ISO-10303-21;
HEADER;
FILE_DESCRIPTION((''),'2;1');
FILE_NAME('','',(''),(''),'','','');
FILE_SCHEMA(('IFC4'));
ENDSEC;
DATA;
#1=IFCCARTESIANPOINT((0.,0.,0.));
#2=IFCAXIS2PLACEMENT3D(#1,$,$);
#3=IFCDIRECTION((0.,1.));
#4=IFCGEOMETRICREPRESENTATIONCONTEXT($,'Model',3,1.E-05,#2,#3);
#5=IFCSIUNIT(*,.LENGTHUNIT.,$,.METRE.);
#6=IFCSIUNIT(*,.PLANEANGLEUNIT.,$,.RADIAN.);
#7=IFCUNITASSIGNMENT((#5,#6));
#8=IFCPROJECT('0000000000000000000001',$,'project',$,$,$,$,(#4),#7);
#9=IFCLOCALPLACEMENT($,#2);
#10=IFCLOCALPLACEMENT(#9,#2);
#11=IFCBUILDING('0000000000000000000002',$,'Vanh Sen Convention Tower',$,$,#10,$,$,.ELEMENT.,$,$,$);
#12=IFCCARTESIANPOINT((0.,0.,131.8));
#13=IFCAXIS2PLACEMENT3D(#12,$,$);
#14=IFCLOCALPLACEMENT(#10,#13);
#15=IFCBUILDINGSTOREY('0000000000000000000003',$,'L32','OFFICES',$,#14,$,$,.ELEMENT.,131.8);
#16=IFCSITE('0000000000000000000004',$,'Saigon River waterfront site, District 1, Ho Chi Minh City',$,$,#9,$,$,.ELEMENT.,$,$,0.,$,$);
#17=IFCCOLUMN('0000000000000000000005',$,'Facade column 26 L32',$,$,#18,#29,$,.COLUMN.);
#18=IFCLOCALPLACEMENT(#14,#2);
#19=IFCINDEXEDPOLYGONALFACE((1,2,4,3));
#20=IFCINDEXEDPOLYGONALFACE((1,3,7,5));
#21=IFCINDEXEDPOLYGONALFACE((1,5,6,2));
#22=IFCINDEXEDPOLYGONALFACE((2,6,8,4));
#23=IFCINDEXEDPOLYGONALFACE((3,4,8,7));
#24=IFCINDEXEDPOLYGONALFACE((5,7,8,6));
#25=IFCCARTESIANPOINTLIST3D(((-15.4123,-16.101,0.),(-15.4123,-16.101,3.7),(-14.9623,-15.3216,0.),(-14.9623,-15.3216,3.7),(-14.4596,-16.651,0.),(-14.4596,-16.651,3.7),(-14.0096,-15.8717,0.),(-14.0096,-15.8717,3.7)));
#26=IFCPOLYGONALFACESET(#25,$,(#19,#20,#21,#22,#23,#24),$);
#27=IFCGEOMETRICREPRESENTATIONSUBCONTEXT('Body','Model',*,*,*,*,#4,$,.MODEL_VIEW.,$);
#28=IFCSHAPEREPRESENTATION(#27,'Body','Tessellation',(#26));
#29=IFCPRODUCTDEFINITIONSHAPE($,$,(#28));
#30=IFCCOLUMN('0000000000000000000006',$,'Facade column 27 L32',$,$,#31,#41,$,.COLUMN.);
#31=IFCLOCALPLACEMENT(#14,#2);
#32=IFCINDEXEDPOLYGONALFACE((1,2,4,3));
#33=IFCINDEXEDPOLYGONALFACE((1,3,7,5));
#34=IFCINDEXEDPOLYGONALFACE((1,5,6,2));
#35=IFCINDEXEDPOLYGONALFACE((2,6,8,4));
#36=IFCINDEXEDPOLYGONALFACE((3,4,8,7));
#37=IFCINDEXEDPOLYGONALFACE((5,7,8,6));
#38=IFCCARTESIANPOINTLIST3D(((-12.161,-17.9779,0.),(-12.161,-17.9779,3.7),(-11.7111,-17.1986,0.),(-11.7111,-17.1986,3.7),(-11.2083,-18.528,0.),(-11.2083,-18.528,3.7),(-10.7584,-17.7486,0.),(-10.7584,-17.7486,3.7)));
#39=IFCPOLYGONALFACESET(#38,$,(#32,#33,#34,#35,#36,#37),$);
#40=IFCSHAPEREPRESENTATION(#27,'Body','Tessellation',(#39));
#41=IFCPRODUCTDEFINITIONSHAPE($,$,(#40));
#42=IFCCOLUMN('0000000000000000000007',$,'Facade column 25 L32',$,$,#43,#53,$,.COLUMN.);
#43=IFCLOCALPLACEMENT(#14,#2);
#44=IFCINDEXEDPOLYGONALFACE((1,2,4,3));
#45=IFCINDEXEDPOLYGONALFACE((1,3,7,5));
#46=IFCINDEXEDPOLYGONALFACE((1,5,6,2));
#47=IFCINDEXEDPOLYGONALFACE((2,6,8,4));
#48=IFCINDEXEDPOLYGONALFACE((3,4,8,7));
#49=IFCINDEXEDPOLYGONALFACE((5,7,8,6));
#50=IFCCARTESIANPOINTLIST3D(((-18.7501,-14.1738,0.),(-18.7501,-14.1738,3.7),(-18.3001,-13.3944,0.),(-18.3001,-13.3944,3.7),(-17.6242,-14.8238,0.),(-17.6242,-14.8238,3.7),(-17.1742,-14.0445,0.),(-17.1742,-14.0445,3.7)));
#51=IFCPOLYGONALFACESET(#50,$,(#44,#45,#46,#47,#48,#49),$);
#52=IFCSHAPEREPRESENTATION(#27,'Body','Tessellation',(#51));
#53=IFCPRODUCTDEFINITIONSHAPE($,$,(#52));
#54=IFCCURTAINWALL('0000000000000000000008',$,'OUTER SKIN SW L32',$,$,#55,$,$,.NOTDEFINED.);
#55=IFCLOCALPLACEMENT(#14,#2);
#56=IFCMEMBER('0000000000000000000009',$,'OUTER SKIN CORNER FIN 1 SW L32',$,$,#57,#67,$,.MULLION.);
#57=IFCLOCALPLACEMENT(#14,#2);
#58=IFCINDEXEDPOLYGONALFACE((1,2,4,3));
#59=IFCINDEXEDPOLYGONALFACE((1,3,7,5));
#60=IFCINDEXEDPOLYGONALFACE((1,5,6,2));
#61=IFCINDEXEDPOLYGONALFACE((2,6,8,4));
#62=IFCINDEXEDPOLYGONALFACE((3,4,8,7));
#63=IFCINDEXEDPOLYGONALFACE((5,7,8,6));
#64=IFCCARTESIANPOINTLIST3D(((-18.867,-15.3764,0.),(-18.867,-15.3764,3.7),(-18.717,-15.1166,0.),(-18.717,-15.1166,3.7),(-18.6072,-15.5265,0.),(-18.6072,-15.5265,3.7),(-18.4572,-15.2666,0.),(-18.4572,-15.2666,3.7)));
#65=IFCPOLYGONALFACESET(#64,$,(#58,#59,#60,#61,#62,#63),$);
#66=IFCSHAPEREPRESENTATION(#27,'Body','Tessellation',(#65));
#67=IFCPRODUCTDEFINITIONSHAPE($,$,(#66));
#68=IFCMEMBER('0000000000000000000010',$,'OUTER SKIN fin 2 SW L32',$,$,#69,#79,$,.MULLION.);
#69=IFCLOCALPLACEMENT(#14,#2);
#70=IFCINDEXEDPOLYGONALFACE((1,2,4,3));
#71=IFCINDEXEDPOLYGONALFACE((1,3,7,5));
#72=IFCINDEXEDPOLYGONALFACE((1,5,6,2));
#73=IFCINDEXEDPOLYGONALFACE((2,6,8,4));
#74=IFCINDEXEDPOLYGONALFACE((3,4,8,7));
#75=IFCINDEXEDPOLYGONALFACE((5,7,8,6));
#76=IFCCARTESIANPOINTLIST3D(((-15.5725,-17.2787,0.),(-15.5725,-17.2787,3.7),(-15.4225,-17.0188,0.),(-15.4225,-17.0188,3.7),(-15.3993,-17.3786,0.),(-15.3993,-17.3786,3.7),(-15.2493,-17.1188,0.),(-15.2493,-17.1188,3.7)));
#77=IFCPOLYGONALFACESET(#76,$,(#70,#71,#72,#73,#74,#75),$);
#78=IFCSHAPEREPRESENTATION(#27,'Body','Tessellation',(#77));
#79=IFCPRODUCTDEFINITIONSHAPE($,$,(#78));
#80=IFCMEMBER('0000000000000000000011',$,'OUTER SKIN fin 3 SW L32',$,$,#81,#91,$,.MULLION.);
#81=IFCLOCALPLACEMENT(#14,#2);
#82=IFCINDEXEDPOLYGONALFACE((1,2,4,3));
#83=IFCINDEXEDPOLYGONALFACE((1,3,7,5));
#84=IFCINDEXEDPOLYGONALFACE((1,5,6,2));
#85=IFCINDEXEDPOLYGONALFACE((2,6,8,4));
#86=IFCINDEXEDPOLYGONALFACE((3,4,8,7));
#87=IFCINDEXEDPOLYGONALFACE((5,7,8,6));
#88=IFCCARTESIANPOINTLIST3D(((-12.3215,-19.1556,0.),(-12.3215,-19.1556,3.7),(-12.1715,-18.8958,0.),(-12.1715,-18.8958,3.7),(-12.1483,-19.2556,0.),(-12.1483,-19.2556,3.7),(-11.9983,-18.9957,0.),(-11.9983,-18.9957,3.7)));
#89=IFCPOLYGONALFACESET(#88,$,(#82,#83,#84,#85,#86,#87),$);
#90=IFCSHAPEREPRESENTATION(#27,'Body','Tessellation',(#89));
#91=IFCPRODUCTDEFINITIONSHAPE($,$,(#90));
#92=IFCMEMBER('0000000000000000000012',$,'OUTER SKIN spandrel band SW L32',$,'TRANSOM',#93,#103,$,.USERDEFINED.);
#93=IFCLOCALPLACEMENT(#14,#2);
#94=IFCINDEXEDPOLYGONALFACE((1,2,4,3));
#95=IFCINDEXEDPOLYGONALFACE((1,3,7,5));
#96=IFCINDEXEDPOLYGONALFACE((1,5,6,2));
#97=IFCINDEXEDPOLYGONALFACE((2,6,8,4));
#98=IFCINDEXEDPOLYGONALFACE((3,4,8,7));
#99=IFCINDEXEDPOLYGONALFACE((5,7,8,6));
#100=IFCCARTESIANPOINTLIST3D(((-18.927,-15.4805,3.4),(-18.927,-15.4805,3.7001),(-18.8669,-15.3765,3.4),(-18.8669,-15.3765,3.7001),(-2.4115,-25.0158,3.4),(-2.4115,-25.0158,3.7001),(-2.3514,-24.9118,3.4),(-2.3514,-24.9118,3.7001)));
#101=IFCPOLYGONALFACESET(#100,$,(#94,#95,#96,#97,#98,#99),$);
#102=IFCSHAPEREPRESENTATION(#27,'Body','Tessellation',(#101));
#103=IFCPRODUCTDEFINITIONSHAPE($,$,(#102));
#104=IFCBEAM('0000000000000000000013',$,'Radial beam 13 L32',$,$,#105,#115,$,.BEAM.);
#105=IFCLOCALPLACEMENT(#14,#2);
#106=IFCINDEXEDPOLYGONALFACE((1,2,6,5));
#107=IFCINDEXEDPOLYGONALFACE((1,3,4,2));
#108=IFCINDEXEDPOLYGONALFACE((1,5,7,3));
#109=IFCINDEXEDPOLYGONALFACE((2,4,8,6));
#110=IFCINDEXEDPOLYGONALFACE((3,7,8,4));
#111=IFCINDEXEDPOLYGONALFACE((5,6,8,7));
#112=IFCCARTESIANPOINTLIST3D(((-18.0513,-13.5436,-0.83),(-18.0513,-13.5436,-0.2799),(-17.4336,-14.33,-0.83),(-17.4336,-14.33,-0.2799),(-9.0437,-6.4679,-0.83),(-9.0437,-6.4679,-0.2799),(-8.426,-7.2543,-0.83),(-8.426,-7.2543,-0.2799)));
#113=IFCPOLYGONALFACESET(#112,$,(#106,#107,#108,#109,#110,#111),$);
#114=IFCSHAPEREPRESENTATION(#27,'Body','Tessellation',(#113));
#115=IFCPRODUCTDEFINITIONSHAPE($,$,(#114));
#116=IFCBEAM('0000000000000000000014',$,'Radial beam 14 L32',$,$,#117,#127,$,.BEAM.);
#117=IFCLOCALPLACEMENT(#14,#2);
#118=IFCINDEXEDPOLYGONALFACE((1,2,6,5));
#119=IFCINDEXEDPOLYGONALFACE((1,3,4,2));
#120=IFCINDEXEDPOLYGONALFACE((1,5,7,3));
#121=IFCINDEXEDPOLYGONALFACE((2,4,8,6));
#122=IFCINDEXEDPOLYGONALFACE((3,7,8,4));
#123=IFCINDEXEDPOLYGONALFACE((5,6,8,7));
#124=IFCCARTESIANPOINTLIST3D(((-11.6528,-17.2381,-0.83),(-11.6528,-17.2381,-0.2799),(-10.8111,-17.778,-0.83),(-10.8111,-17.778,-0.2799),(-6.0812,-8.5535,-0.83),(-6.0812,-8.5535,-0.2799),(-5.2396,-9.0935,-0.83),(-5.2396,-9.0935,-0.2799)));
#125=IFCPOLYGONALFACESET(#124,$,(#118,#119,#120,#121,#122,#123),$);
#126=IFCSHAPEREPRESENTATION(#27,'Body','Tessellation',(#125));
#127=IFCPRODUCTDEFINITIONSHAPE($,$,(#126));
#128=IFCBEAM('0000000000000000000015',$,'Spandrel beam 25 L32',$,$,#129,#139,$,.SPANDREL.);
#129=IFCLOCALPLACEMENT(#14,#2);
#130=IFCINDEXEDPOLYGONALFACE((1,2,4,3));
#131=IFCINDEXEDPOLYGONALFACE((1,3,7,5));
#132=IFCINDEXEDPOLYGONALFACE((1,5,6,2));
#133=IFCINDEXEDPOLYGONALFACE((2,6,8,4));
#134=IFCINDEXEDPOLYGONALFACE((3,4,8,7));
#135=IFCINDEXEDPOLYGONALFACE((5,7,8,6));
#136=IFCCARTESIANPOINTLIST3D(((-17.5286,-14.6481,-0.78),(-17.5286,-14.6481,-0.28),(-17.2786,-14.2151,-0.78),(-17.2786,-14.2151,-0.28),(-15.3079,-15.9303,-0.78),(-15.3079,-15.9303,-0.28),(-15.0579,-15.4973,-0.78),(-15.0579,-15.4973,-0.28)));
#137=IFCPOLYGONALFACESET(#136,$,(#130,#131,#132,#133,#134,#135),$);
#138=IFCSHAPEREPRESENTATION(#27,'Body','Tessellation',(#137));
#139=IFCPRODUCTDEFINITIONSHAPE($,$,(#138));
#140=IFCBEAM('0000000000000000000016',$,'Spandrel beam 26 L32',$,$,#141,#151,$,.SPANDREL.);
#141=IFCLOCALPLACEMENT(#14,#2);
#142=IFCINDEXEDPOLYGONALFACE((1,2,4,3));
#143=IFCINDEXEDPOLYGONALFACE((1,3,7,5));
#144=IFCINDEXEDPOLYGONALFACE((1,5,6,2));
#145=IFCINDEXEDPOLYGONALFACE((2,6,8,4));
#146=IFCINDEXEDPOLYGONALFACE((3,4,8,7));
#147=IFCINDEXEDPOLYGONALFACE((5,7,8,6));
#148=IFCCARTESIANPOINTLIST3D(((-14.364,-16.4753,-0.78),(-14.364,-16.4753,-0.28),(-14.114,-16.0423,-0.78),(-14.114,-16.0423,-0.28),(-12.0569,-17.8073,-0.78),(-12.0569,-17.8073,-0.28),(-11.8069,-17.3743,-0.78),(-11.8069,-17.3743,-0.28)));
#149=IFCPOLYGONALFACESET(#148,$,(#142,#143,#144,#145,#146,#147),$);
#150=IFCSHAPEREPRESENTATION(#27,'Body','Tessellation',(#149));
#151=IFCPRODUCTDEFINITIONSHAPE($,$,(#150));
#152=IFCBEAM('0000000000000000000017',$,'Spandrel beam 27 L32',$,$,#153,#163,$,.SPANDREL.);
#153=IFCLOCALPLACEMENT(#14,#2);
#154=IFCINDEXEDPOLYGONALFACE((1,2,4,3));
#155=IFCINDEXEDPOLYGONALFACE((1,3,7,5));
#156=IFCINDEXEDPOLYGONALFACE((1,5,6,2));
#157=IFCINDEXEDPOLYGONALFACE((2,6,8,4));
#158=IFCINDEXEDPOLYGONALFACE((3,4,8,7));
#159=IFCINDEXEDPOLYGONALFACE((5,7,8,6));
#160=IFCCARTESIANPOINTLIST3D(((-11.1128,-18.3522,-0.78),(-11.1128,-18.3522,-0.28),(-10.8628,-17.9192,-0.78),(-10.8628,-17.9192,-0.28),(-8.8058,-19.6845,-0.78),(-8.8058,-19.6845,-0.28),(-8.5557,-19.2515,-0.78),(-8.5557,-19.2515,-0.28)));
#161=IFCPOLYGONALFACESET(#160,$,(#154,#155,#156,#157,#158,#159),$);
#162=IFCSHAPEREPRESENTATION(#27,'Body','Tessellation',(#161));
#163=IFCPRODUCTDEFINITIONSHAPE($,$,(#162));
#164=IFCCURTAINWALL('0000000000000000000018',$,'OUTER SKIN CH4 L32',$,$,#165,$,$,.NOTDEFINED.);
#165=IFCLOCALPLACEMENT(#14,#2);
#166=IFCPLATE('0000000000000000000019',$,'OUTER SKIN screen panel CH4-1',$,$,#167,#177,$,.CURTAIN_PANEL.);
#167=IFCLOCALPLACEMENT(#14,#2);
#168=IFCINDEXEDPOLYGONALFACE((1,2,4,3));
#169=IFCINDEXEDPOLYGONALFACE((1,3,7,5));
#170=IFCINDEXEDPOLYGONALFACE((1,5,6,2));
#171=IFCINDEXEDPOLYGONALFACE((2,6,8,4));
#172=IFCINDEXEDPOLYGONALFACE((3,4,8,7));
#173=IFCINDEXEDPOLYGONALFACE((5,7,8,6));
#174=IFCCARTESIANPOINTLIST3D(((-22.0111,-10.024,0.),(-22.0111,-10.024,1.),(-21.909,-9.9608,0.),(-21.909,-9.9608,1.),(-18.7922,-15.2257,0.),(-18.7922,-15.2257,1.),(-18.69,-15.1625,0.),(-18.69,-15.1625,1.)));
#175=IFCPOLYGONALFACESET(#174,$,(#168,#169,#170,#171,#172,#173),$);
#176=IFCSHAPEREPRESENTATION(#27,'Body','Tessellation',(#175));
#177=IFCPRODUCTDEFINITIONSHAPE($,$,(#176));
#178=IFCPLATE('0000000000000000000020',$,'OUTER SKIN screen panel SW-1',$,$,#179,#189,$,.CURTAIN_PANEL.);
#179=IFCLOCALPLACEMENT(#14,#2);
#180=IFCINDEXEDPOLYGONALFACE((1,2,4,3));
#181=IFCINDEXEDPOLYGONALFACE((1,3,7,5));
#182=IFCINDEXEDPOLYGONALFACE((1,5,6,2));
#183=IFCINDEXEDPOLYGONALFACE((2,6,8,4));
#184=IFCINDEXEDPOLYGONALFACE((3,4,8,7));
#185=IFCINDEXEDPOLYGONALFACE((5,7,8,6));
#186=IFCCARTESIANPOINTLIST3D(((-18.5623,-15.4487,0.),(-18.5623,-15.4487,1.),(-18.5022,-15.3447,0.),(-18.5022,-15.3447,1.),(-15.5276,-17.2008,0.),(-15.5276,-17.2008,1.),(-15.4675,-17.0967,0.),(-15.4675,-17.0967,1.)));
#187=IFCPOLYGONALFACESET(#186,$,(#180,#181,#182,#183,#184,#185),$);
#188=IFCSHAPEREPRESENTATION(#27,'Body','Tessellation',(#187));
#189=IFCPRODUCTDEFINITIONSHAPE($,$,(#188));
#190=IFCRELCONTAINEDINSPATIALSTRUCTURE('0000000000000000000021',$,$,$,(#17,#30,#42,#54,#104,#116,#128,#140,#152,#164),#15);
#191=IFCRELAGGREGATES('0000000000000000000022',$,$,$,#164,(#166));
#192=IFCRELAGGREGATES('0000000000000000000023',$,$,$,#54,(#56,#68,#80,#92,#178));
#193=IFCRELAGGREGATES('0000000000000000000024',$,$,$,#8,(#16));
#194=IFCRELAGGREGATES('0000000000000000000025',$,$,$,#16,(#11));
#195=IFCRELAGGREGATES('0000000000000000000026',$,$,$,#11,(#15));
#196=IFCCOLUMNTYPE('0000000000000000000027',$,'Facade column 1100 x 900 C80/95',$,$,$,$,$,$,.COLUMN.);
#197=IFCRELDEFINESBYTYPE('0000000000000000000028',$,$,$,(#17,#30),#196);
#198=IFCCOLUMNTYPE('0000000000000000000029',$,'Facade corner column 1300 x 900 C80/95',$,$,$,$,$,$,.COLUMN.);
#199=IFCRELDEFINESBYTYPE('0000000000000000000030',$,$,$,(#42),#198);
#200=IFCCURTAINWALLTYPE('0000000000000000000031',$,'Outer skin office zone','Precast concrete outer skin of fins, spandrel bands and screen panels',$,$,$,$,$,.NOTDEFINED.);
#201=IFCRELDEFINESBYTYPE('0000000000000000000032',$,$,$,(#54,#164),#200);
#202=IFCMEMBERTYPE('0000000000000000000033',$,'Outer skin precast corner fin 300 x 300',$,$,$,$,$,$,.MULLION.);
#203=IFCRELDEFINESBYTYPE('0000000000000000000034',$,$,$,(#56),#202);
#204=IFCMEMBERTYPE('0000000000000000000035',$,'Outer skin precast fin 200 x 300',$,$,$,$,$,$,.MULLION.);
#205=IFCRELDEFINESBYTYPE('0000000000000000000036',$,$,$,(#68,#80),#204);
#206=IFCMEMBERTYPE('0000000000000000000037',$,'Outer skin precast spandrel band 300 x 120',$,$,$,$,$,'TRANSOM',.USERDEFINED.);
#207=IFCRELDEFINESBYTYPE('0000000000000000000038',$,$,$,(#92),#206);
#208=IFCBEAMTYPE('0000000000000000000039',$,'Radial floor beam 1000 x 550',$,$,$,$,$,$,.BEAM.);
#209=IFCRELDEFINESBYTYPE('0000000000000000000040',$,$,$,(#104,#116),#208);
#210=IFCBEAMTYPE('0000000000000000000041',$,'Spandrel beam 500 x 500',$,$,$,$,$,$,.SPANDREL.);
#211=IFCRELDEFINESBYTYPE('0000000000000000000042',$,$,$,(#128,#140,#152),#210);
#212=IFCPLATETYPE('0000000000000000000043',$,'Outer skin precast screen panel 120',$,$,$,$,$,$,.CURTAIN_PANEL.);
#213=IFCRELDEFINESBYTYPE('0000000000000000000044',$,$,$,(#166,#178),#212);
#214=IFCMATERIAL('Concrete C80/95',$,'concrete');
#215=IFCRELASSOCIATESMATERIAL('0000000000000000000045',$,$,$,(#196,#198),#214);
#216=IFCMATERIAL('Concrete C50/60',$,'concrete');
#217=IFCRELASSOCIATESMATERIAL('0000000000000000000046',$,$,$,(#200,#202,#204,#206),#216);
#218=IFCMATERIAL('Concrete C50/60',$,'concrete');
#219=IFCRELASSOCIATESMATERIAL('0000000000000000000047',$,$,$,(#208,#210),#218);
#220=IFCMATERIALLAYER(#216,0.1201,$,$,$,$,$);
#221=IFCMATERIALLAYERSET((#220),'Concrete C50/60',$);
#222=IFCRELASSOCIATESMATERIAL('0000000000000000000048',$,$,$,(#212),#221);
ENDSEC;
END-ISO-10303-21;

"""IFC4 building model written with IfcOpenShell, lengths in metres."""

from ifc_helpers import new_model, si_unit, direction, frame, origin, origin_2d, place, context, subcontext, project, spatial, rectangle, extrude, material, layer, layer_set, material_profile, profile_set, type_object, element, aggregate, save


model = new_model("IFC4")

# Units and contexts
model_context = context("Model", 3, precision=1e-05, world=origin(), true_north=direction((0.0, 1.0)))
body_context = subcontext(model_context, "Body", "Model", "MODEL_VIEW")
ifc_project = project(units=[si_unit("LENGTHUNIT", "METRE"), si_unit("PLANEANGLEUNIT", "RADIAN")], contexts=[model_context])

# Site, building, storey
site_placement = place(None, origin())
site = spatial("IfcSite", under=ifc_project, at=site_placement, Name="Saigon River waterfront site, District 1, Ho Chi Minh City", CompositionType="ELEMENT", RefElevation=0.0)
building_placement = place(site_placement, origin())
building = spatial("IfcBuilding", under=site, at=building_placement, Name="Vanh Sen Convention Tower", CompositionType="ELEMENT")
storey_placement = place(building_placement, frame((0.0, 0.0, 131.8)))
storey = spatial("IfcBuildingStorey", under=building, at=storey_placement, Name="L32", Description="OFFICES", CompositionType="ELEMENT", Elevation=131.8)

# Columns
ifc_material_1 = material(Name="Concrete C80/95", Category="concrete")
ifc_material_profile_1 = material_profile(ifc_material_1, rectangle(XDim=1.1001, YDim=0.8999, at=origin_2d()), Name="RC 1100X900")
ifc_profile_set_1 = profile_set([ifc_material_profile_1], Name="Concrete C80/95")
column_type_1 = type_object("IfcColumnType", Name="Facade column 1100 x 900 C80/95", PredefinedType="COLUMN", material=ifc_profile_set_1)
for number, where, z_axis, x_axis, name in (
    (1, (-14.7109, -15.9863, 0.0), (0.0, 0.0, 1.0), (0.866025, -0.5, 0.0), "Facade column 26 L32"),
    (2, (-11.4597, -17.8633, 0.0), (0.0, 0.0, 1.0), (0.866025, -0.5, 0.0), "Facade column 27 L32"),
):
    element("IfcColumn", number, at=place(storey_placement, frame(where, z_axis=z_axis, x_axis=x_axis)), inside=storey, type_object=column_type_1, Name=name, PredefinedType="COLUMN", context=body_context, shape_type="SweptSolid", body=[
        extrude(rectangle(XDim=1.1001, YDim=0.8999, at=origin_2d()), origin(), (0.0, 0.0, 1.0), 3.7),
    ])
ifc_material_profile_2 = material_profile(ifc_material_1, rectangle(XDim=1.3, YDim=0.8999, at=origin_2d()), Name="RC 1300X900")
ifc_profile_set_2 = profile_set([ifc_material_profile_2], Name="Concrete C80/95")
column_type_2 = type_object("IfcColumnType", Name="Facade corner column 1300 x 900 C80/95", PredefinedType="COLUMN", material=ifc_profile_set_2)
column_placement = place(storey_placement, frame((-17.9622, -14.1091, 0.0), z_axis=(0.0, 0.0, 1.0), x_axis=(0.866025, -0.5, 0.0)))
element("IfcColumn", 3, at=column_placement, inside=storey, type_object=column_type_2, Name="Facade column 25 L32", PredefinedType="COLUMN", context=body_context, shape_type="SweptSolid", body=[
    extrude(rectangle(XDim=1.3, YDim=0.8999, at=origin_2d()), origin(), (0.0, 0.0, 1.0), 3.7),
])

# Curtain wall, members
ifc_material_2 = material(Name="Concrete C50/60", Category="concrete")
curtain_wall_type = type_object("IfcCurtainWallType", Name="Outer skin office zone", Description="Precast concrete outer skin of fins, spandrel bands and screen panels", PredefinedType="NOTDEFINED", material=ifc_material_2)
curtain_wall_1_placement = place(storey_placement, origin())
curtain_wall_1 = element("IfcCurtainWall", 4, at=curtain_wall_1_placement, inside=storey, type_object=curtain_wall_type, Name="OUTER SKIN SW L32", PredefinedType="NOTDEFINED")
ifc_material_profile_3 = material_profile(ifc_material_2, rectangle(XDim=0.3, YDim=0.3, at=origin_2d()), Name="Outer skin precast corner fin 300 x 300")
ifc_profile_set_3 = profile_set([ifc_material_profile_3], Name="Concrete C50/60")
member_type_1 = type_object("IfcMemberType", Name="Outer skin precast corner fin 300 x 300", PredefinedType="MULLION", material=ifc_profile_set_3)
member_1_placement = place(storey_placement, frame((-18.6621, -15.3215, 0.0), z_axis=(0.0, 0.0, 1.0), x_axis=(0.866025, -0.5, 0.0)))
member_1 = element("IfcMember", 5, at=member_1_placement, type_object=member_type_1, Name="OUTER SKIN CORNER FIN 1 SW L32", PredefinedType="MULLION", context=body_context, shape_type="SweptSolid", body=[
    extrude(rectangle(XDim=0.3, YDim=0.3, at=origin_2d()), origin(), (0.0, 0.0, 1.0), 3.7),
])
ifc_material_profile_4 = material_profile(ifc_material_2, rectangle(XDim=0.2, YDim=0.3, at=origin_2d()), Name="Outer skin precast fin 200 x 300")
ifc_profile_set_4 = profile_set([ifc_material_profile_4], Name="Concrete C50/60")
member_type_2 = type_object("IfcMemberType", Name="Outer skin precast fin 200 x 300", PredefinedType="MULLION", material=ifc_profile_set_4)
member_2_placement = place(storey_placement, frame((-15.4109, -17.1987, 0.0), z_axis=(0.0, 0.0, 1.0), x_axis=(0.866025, -0.5, 0.0)))
member_2 = element("IfcMember", 6, at=member_2_placement, type_object=member_type_2, Name="OUTER SKIN fin 2 SW L32", PredefinedType="MULLION", context=body_context, shape_type="SweptSolid", body=[
    extrude(rectangle(XDim=0.2, YDim=0.3, at=origin_2d()), origin(), (0.0, 0.0, 1.0), 3.7),
])
member_3_placement = place(storey_placement, frame((-12.1599, -19.0757, 0.0), z_axis=(0.0, 0.0, 1.0), x_axis=(0.866025, -0.5, 0.0)))
member_3 = element("IfcMember", 7, at=member_3_placement, type_object=member_type_2, Name="OUTER SKIN fin 3 SW L32", PredefinedType="MULLION", context=body_context, shape_type="SweptSolid", body=[
    extrude(rectangle(XDim=0.2, YDim=0.3, at=origin_2d()), origin(), (0.0, 0.0, 1.0), 3.7),
])
ifc_material_profile_5 = material_profile(ifc_material_2, rectangle(XDim=0.1201, YDim=0.3, at=origin_2d()), Name="Outer skin precast spandrel band 300 x 120")
ifc_profile_set_5 = profile_set([ifc_material_profile_5], Name="Concrete C50/60")
member_type_3 = type_object("IfcMemberType", Name="Outer skin precast spandrel band 300 x 120", ElementType="TRANSOM", PredefinedType="USERDEFINED", material=ifc_profile_set_5)
member_4_placement = place(storey_placement, frame((-18.897, -15.4285, 3.55), z_axis=(0.866023, -0.500004, 0.0), x_axis=(0.500004, 0.866023, 0.0)))
member_4 = element("IfcMember", 8, at=member_4_placement, type_object=member_type_3, Name="OUTER SKIN spandrel band SW L32", ObjectType="TRANSOM", PredefinedType="USERDEFINED", context=body_context, shape_type="SweptSolid", body=[
    extrude(rectangle(XDim=0.1201, YDim=0.3, at=origin_2d()), origin(), (0.0, 0.0, 1.0), 19.0706),
])

# Beams
ifc_material_3 = material(Name="Concrete C50/60", Category="concrete")
ifc_material_profile_6 = material_profile(ifc_material_3, rectangle(XDim=1.0, YDim=0.55, at=origin_2d()), Name="RC 1000X550")
ifc_profile_set_6 = profile_set([ifc_material_profile_6], Name="Concrete C50/60")
beam_type_1 = type_object("IfcBeamType", Name="Radial floor beam 1000 x 550", PredefinedType="BEAM", material=ifc_profile_set_6)
beam_1_placement = place(storey_placement, frame((-17.7424, -13.9368, -0.5549), z_axis=(0.78639, 0.61773, 0.0), x_axis=(-0.61773, 0.78639, 0.0)))
element("IfcBeam", 9, at=beam_1_placement, inside=storey, type_object=beam_type_1, Name="Radial beam 13 L32", PredefinedType="BEAM", context=body_context, shape_type="SweptSolid", body=[
    extrude(rectangle(XDim=1.0, YDim=0.55, at=origin_2d()), origin(), (0.0, 0.0, 1.0), 11.4543),
])
beam_2_placement = place(storey_placement, frame((-11.2319, -17.5081, -0.5549), z_axis=(0.539975, 0.841681, 0.0), x_axis=(-0.841681, 0.539975, 0.0)))
element("IfcBeam", 10, at=beam_2_placement, inside=storey, type_object=beam_type_1, Name="Radial beam 14 L32", PredefinedType="BEAM", context=body_context, shape_type="SweptSolid", body=[
    extrude(rectangle(XDim=1.0, YDim=0.55, at=origin_2d()), origin(), (0.0, 0.0, 1.0), 10.3181),
])
ifc_material_profile_7 = material_profile(ifc_material_3, rectangle(XDim=0.5, YDim=0.5, at=origin_2d()), Name="RC 500X500")
ifc_profile_set_7 = profile_set([ifc_material_profile_7], Name="Concrete C50/60")
beam_type_2 = type_object("IfcBeamType", Name="Spandrel beam 500 x 500", PredefinedType="SPANDREL", material=ifc_profile_set_7)
beam_3_placement = place(storey_placement, frame((-17.4036, -14.4316, -0.53), z_axis=(0.866008, -0.50003, 0.0), x_axis=(0.50003, 0.866008, 0.0)))
element("IfcBeam", 11, at=beam_3_placement, inside=storey, type_object=beam_type_2, Name="Spandrel beam 25 L32", PredefinedType="SPANDREL", context=body_context, shape_type="SweptSolid", body=[
    extrude(rectangle(XDim=0.5, YDim=0.5, at=origin_2d()), origin(), (0.0, 0.0, 1.0), 2.5642),
])
for number, where, z_axis, x_axis, name in (
    (12, (-14.239, -16.2588, -0.53), (0.866024, -0.500003, 0.0), (0.500003, 0.866024, 0.0), "Spandrel beam 26 L32"),
    (13, (-10.9878, -18.1357, -0.53), (0.865984, -0.500071, 0.0), (0.500071, 0.865984, 0.0), "Spandrel beam 27 L32"),
):
    element("IfcBeam", number, at=place(storey_placement, frame(where, z_axis=z_axis, x_axis=x_axis)), inside=storey, type_object=beam_type_2, Name=name, PredefinedType="SPANDREL", context=body_context, shape_type="SweptSolid", body=[
        extrude(rectangle(XDim=0.5, YDim=0.5, at=origin_2d()), origin(), (0.0, 0.0, 1.0), 2.6641),
    ])

# Curtain wall, plate
curtain_wall_2_placement = place(storey_placement, origin())
curtain_wall_2 = element("IfcCurtainWall", 14, at=curtain_wall_2_placement, inside=storey, type_object=curtain_wall_type, Name="OUTER SKIN CH4 L32", PredefinedType="NOTDEFINED")
ifc_layer_1 = layer(ifc_material_2, 0.1201)
ifc_layer_set_1 = layer_set([ifc_layer_1], Name="Concrete C50/60")
plate_type = type_object("IfcPlateType", Name="Outer skin precast screen panel 120", PredefinedType="CURTAIN_PANEL", material=ifc_layer_set_1)
plate_1_placement = place(storey_placement, frame((-20.3506, -12.5933, 0.0), z_axis=(0.0, 0.0, 1.0), x_axis=(0.526218, -0.850349, 0.0)))
plate_1 = element("IfcPlate", 15, at=plate_1_placement, type_object=plate_type, Name="OUTER SKIN screen panel CH4-1", PredefinedType="CURTAIN_PANEL", context=body_context, shape_type="SweptSolid", body=[
    extrude(rectangle(XDim=6.1172, YDim=0.1201, at=origin_2d()), origin(), (0.0, 0.0, 1.0), 1.0),
])
aggregate(curtain_wall_2, [plate_1])

# Plate
plate_2_placement = place(storey_placement, frame((-17.0149, -16.2727, 0.0), z_axis=(0.0, 0.0, 1.0), x_axis=(0.866024, -0.500003, 0.0)))
plate_2 = element("IfcPlate", 16, at=plate_2_placement, type_object=plate_type, Name="OUTER SKIN screen panel SW-1", PredefinedType="CURTAIN_PANEL", context=body_context, shape_type="SweptSolid", body=[
    extrude(rectangle(XDim=3.5042, YDim=0.1201, at=origin_2d()), origin(), (0.0, 0.0, 1.0), 1.0),
])
aggregate(curtain_wall_1, [member_1, member_2, member_3, member_4, plate_2])

save(model, "model.ifc")
